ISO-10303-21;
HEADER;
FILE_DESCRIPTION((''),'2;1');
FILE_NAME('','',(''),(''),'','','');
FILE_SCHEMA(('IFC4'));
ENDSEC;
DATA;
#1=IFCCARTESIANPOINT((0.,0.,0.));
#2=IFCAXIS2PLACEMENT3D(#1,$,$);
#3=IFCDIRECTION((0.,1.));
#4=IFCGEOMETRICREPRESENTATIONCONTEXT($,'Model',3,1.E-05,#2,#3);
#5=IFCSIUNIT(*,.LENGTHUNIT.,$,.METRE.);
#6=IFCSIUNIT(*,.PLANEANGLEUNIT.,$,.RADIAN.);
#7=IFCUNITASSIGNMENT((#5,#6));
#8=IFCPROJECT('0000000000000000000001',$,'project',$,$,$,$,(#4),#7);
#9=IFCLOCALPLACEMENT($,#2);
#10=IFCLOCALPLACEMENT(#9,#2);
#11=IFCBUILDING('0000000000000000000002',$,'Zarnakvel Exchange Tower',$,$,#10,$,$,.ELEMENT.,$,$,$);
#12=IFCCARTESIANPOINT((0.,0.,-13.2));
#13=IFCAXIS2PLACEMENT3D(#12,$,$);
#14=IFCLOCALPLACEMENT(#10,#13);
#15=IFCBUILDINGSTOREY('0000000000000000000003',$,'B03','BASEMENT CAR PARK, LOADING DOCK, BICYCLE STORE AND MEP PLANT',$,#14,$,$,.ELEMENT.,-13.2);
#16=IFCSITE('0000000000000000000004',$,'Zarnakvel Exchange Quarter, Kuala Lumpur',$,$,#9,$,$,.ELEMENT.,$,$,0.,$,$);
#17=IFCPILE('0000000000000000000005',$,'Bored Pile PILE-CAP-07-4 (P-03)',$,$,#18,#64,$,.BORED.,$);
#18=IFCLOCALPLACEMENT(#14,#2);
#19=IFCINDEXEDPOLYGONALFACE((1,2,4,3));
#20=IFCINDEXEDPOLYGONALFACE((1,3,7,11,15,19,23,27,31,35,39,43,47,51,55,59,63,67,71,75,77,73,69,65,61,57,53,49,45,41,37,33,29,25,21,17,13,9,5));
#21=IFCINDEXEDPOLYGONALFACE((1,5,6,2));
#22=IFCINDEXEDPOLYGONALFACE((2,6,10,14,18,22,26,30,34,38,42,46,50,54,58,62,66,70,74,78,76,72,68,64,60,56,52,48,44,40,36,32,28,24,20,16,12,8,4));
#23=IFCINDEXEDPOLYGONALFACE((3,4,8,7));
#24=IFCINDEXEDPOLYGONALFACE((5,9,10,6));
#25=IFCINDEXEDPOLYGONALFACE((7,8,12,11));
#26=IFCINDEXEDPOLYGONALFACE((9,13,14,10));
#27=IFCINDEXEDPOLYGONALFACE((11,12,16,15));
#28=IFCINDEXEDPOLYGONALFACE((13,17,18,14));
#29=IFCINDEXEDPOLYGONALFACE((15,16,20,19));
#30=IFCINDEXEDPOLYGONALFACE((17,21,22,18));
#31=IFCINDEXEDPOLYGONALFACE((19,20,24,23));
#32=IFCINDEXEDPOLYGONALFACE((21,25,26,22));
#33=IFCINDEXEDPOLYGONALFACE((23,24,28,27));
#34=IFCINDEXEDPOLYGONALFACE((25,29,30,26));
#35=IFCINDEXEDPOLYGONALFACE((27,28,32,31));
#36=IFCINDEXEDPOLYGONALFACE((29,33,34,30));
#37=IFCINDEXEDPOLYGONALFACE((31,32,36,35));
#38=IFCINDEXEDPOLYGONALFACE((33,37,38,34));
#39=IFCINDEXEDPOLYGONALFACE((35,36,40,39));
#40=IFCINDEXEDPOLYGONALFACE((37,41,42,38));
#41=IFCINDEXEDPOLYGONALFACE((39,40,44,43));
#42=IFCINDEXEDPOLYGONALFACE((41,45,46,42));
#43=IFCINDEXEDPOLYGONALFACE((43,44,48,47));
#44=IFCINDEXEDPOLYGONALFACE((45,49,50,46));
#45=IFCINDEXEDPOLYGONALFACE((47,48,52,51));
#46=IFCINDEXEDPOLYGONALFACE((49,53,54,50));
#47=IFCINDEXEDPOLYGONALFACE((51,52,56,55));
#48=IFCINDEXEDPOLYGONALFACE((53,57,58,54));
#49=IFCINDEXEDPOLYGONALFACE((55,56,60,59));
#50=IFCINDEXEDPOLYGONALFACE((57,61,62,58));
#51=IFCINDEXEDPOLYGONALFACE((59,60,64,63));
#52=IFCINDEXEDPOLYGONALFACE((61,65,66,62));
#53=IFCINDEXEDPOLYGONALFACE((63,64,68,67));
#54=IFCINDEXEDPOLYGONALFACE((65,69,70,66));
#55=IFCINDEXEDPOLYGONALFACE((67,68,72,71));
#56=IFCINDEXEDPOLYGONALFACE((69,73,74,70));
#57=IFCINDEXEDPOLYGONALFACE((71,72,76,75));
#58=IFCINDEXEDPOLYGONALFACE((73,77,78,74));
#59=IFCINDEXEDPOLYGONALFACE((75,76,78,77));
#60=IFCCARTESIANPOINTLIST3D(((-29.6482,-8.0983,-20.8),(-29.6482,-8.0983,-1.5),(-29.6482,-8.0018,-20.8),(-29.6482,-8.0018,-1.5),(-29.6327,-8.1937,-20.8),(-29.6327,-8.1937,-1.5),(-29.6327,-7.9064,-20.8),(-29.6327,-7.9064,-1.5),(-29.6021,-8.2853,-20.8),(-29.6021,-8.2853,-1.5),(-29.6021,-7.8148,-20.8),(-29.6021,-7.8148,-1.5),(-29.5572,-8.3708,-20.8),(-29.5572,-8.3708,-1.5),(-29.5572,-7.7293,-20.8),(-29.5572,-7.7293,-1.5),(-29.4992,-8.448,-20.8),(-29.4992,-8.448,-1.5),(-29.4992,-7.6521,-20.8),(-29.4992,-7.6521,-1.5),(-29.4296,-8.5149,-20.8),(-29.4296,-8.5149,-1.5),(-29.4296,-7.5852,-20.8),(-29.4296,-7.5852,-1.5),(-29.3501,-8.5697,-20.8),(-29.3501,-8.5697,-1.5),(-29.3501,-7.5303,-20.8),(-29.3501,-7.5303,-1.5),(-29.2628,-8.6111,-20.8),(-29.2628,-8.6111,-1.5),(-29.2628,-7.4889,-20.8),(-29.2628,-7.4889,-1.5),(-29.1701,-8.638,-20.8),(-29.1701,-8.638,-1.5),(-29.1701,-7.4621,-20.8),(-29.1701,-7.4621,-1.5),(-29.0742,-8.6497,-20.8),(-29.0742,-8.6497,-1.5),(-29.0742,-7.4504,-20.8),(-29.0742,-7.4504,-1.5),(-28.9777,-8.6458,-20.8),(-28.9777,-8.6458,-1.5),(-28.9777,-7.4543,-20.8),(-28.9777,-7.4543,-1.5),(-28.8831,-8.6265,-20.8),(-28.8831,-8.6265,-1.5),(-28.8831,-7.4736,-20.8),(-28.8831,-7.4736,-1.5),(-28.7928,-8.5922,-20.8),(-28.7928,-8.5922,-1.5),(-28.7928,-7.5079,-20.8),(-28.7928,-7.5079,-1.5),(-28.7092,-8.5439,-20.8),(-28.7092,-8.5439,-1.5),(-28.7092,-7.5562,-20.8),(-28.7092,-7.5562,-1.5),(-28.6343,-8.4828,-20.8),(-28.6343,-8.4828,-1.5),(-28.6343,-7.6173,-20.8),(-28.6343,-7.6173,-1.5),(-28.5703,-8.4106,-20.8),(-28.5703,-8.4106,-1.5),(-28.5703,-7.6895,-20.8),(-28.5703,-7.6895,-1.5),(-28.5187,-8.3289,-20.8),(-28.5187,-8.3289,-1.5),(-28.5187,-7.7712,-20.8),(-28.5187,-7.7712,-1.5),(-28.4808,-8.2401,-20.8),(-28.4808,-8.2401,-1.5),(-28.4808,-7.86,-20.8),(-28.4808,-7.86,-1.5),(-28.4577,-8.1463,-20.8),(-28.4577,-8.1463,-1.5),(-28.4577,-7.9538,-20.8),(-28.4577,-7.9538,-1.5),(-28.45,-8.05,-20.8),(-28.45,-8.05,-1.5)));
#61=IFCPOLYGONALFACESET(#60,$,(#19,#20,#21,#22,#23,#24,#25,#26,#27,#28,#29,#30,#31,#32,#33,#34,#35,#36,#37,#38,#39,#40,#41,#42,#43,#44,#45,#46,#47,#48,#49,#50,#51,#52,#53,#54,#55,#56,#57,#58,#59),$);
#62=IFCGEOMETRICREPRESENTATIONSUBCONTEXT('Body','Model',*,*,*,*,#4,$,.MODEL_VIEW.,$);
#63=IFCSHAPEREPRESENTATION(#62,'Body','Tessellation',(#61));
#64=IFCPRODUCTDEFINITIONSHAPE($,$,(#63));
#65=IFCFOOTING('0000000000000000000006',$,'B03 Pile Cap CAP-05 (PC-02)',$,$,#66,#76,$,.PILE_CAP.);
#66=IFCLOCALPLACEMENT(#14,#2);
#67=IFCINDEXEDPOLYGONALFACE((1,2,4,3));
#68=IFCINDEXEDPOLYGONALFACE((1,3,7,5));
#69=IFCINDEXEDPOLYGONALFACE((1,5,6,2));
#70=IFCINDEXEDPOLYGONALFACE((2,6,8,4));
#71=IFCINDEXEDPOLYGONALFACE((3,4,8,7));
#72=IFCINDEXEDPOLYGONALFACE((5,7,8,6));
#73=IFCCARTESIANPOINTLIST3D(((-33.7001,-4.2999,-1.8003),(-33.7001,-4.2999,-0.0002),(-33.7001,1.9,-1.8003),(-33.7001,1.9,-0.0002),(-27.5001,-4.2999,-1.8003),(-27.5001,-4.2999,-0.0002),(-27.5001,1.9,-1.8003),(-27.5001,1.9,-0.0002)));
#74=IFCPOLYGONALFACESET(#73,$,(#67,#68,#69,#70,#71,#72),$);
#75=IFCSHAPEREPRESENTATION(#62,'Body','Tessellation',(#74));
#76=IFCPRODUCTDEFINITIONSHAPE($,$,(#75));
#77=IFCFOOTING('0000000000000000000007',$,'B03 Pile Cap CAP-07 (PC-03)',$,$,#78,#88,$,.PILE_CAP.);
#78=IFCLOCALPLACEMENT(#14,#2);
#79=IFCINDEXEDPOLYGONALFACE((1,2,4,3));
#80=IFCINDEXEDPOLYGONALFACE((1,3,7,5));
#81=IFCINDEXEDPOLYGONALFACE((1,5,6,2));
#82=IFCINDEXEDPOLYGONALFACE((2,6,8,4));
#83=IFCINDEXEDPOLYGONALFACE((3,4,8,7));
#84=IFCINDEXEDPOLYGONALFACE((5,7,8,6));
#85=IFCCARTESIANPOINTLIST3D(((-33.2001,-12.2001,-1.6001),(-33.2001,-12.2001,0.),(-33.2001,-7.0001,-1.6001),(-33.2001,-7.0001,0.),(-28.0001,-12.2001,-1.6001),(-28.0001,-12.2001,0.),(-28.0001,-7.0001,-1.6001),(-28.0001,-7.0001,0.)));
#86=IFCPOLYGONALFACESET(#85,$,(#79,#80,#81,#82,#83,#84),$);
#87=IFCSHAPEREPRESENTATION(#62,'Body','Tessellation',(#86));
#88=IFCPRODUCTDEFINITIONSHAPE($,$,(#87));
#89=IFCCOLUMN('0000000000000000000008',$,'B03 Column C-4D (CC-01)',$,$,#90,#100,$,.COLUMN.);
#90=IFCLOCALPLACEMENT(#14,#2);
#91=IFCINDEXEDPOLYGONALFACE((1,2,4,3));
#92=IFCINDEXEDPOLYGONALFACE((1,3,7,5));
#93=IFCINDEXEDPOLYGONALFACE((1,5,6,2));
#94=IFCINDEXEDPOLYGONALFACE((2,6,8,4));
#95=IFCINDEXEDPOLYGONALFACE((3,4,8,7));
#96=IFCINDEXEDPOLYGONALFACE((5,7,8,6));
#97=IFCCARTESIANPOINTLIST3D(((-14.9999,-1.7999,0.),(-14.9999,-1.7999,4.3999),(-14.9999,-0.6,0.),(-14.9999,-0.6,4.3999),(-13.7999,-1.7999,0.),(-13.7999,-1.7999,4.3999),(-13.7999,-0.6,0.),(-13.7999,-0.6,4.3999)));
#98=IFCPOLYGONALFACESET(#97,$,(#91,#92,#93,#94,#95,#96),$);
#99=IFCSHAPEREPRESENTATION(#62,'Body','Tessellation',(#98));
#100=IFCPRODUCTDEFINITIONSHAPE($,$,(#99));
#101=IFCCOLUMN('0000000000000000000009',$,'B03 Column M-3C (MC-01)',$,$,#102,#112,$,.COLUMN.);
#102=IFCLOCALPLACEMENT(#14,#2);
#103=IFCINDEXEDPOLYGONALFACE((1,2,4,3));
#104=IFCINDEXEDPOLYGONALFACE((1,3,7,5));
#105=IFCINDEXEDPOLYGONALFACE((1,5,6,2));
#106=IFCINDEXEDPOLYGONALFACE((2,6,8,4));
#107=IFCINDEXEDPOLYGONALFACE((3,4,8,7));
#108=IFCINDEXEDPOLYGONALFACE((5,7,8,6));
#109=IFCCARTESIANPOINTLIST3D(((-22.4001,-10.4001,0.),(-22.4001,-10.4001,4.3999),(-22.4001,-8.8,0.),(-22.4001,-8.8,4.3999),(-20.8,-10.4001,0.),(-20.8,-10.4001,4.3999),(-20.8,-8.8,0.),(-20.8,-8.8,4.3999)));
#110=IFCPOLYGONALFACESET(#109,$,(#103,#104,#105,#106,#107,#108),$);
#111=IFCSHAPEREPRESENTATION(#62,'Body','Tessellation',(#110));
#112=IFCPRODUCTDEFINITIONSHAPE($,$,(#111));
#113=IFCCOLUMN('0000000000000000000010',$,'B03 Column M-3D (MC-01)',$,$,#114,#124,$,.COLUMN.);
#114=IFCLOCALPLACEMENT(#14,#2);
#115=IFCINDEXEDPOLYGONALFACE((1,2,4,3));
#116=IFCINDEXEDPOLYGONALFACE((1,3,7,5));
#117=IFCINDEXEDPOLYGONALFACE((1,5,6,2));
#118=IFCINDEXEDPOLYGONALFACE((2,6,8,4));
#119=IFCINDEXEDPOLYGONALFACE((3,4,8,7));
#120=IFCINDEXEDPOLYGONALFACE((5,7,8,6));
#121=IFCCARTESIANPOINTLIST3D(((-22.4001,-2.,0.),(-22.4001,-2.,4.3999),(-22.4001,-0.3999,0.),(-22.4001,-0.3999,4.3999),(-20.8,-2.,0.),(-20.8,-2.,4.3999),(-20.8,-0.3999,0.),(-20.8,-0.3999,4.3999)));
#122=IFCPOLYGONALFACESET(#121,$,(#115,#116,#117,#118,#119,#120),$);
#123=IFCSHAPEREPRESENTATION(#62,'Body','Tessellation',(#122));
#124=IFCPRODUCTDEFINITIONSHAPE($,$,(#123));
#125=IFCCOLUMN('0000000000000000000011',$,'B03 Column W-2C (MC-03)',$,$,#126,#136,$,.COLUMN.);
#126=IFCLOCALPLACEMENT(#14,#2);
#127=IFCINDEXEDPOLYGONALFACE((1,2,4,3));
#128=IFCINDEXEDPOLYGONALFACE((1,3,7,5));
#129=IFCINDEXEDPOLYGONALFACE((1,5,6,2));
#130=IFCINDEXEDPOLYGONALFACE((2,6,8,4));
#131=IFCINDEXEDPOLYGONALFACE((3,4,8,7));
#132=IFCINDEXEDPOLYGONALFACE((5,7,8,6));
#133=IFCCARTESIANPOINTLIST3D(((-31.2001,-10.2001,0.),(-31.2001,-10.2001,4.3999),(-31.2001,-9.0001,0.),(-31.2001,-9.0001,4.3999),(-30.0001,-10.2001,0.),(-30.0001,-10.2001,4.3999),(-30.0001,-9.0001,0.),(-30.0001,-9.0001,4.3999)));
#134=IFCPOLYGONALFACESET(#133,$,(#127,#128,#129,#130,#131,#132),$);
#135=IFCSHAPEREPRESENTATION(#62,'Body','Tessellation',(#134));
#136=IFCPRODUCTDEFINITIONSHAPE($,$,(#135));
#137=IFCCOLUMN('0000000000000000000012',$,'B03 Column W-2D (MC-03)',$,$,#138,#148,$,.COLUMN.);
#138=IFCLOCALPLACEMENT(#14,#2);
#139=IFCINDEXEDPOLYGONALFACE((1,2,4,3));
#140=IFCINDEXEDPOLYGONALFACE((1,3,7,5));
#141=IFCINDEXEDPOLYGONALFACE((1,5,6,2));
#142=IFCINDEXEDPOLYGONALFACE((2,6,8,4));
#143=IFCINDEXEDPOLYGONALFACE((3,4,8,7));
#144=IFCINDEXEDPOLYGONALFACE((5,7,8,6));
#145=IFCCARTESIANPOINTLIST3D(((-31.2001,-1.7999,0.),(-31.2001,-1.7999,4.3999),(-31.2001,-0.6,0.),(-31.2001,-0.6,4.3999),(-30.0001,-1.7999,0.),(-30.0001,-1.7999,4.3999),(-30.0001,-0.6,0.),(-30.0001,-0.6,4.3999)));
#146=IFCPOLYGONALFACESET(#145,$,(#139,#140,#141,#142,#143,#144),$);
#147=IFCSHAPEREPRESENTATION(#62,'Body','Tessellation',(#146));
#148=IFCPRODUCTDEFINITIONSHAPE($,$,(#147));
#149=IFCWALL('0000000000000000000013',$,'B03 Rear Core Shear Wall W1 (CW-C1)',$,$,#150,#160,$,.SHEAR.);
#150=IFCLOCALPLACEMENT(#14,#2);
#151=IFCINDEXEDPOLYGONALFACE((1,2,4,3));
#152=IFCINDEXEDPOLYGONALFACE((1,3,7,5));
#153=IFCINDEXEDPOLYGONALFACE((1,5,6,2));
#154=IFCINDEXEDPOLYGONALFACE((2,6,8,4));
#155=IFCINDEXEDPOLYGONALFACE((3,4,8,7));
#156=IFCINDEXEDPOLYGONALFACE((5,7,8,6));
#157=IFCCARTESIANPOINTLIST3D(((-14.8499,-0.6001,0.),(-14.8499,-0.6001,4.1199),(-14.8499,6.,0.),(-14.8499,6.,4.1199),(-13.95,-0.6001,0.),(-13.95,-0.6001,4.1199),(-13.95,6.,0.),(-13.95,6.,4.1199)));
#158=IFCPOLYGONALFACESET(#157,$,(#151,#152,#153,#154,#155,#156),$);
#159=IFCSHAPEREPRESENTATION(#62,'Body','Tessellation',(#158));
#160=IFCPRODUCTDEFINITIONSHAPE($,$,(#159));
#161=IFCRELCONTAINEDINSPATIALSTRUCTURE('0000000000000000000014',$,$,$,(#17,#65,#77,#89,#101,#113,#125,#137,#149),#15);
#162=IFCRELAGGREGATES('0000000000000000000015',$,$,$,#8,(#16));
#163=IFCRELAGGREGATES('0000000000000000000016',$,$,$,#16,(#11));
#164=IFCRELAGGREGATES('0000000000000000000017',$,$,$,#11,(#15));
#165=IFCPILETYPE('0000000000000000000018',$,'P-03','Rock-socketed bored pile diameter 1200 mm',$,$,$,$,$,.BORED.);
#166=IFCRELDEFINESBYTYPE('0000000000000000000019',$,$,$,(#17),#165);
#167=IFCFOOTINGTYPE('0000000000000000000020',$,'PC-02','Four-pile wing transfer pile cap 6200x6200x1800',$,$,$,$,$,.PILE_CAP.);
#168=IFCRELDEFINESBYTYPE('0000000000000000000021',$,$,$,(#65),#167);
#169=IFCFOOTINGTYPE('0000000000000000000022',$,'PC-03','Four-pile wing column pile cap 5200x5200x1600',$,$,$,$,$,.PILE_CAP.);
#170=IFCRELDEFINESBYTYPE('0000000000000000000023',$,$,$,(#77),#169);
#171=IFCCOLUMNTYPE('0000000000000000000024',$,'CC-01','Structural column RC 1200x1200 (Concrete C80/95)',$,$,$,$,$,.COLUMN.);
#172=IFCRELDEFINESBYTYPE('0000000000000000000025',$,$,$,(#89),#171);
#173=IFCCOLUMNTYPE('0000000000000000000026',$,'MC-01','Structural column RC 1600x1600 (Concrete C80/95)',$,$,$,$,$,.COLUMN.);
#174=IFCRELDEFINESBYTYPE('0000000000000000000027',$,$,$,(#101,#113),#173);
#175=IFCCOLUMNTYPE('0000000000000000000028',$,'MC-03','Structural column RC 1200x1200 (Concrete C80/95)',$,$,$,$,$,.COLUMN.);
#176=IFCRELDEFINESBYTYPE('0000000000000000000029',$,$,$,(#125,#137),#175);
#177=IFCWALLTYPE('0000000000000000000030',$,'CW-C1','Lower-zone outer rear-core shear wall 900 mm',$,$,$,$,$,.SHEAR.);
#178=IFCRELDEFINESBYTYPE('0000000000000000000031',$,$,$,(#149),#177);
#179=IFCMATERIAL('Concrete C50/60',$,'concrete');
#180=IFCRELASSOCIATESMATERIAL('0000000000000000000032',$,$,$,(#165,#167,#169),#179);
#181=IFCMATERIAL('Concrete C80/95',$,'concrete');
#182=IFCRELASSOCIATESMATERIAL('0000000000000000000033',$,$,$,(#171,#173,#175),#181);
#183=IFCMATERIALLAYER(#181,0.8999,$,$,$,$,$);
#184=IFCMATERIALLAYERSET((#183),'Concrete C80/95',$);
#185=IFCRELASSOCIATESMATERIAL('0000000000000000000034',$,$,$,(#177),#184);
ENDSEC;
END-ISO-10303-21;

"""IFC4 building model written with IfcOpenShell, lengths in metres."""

from ifc_helpers import new_model, si_unit, direction, frame, frame_2d, origin, origin_2d, place, context, subcontext, project, spatial, rectangle, circle, extrude, source, transform, mapped, material, layer, layer_set, material_profile, profile_set, type_object, element, save


model = new_model("IFC4")

# Units and contexts
model_context = context("Model", 3, precision=1e-05, world=origin(), true_north=direction((0.0, 1.0)))
body_context = subcontext(model_context, "Body", "Model", "MODEL_VIEW")
ifc_project = project(units=[si_unit("LENGTHUNIT", "METRE"), si_unit("PLANEANGLEUNIT", "RADIAN")], contexts=[model_context])

# Site, building, storey
site_placement = place(None, origin())
site = spatial("IfcSite", under=ifc_project, at=site_placement, Name="Zarnakvel Exchange Quarter, Kuala Lumpur", CompositionType="ELEMENT", RefElevation=0.0)
building_placement = place(site_placement, origin())
building = spatial("IfcBuilding", under=site, at=building_placement, Name="Zarnakvel Exchange Tower", CompositionType="ELEMENT")
storey_placement = place(building_placement, frame((0.0, 0.0, -13.2)))
storey = spatial("IfcBuildingStorey", under=building, at=storey_placement, Name="B03", Description="BASEMENT CAR PARK, LOADING DOCK, BICYCLE STORE AND MEP PLANT", CompositionType="ELEMENT", Elevation=-13.2)

# Shared definitions
ifc_material_1 = material(Name="Concrete C50/60", Category="concrete")

# Pile
ifc_material_profile_1 = material_profile(ifc_material_1, circle(Radius=0.6001, at=origin_2d()))
ifc_profile_set_1 = profile_set([ifc_material_profile_1], Name="Concrete C50/60")
pile_type_1 = type_object("IfcPileType", Name="P-03", Description="Rock-socketed bored pile diameter 1200 mm", PredefinedType="BORED", material=ifc_profile_set_1)
for number, where, z_axis, x_axis, name in (
    (1, (-29.05, -8.05, -1.5), (0.0, 0.0, -1.0), (1.0, 0.0, 0.0), "Bored Pile PILE-CAP-07-4 (P-03)"),
):
    element("IfcPile", number, at=place(storey_placement, frame(where, z_axis=z_axis, x_axis=x_axis)), inside=storey, type_object=pile_type_1, Name=name, PredefinedType="BORED", context=body_context, shape_type="SweptSolid", body=[
        extrude(circle(Radius=0.6001, at=origin_2d()), origin(), (0.0, 0.0, 1.0), 19.3),
    ])

# Footings
footing_type_1 = type_object("IfcFootingType", Name="PC-02", Description="Four-pile wing transfer pile cap 6200x6200x1800", PredefinedType="PILE_CAP", material=ifc_material_1)
shared_shape_1 = source(origin(), body_context, "Body", "SweptSolid", [
    extrude(rectangle(XDim=6.2, YDim=6.2, at=origin_2d()), origin(), (0.0, 0.0, 1.0), 1.8),
])
footing_1_placement = place(storey_placement, frame((-30.6001, -1.2, -1.8003), z_axis=(0.0, 0.0, 1.0), x_axis=(1.0, 0.0, 0.0)))
element("IfcFooting", 2, at=footing_1_placement, inside=storey, type_object=footing_type_1, Name="B03 Pile Cap CAP-05 (PC-02)", PredefinedType="PILE_CAP", context=body_context, shape_type="MappedRepresentation", body=[
    mapped(shared_shape_1, transform((0.0, 0.0, 0.0), x_axis=(1.0, 0.0, 0.0), y_axis=(0.0, 1.0, 0.0), z_axis=(0.0, 0.0, 1.0), scale=1.0)),
])
footing_type_2 = type_object("IfcFootingType", Name="PC-03", Description="Four-pile wing column pile cap 5200x5200x1600", PredefinedType="PILE_CAP", material=ifc_material_1)
shared_shape_2 = source(origin(), body_context, "Body", "SweptSolid", [
    extrude(rectangle(XDim=5.2, YDim=5.2, at=origin_2d()), origin(), (0.0, 0.0, 1.0), 1.6001),
])
footing_2_placement = place(storey_placement, frame((-30.6001, -9.6001, -1.6001), z_axis=(0.0, 0.0, 1.0), x_axis=(1.0, 0.0, 0.0)))
element("IfcFooting", 3, at=footing_2_placement, inside=storey, type_object=footing_type_2, Name="B03 Pile Cap CAP-07 (PC-03)", PredefinedType="PILE_CAP", context=body_context, shape_type="MappedRepresentation", body=[
    mapped(shared_shape_2, transform((0.0, 0.0, 0.0), x_axis=(1.0, 0.0, 0.0), y_axis=(0.0, 1.0, 0.0), z_axis=(0.0, 0.0, 1.0), scale=1.0)),
])

# Columns
ifc_material_2 = material(Name="Concrete C80/95", Category="concrete")
ifc_material_profile_2 = material_profile(ifc_material_2, rectangle(XDim=1.2, YDim=1.2, at=origin_2d()))
ifc_profile_set_2 = profile_set([ifc_material_profile_2], Name="Concrete C80/95")
column_type_1 = type_object("IfcColumnType", Name="CC-01", Description="Structural column RC 1200x1200 (Concrete C80/95)", PredefinedType="COLUMN", material=ifc_profile_set_2)
column_placement = place(storey_placement, frame((-14.3999, -1.2, 0.0), z_axis=(0.0, 0.0, 1.0), x_axis=(1.0, 0.0, 0.0)))
element("IfcColumn", 4, at=column_placement, inside=storey, type_object=column_type_1, Name="B03 Column C-4D (CC-01)", PredefinedType="COLUMN", context=body_context, shape_type="SweptSolid", body=[
    extrude(rectangle(XDim=1.2, YDim=1.2, at=origin_2d()), origin(), (0.0, 0.0, 1.0), 4.3999),
])
ifc_material_profile_3 = material_profile(ifc_material_2, rectangle(XDim=1.6001, YDim=1.6001, at=origin_2d()))
ifc_profile_set_3 = profile_set([ifc_material_profile_3], Name="Concrete C80/95")
column_type_2 = type_object("IfcColumnType", Name="MC-01", Description="Structural column RC 1600x1600 (Concrete C80/95)", PredefinedType="COLUMN", material=ifc_profile_set_3)
for number, where, z_axis, x_axis, name in (
    (5, (-21.6001, -9.6001, 0.0), (0.0, 0.0, 1.0), (1.0, 0.0, 0.0), "B03 Column M-3C (MC-01)"),
    (6, (-21.6001, -1.2, 0.0), (0.0, 0.0, 1.0), (1.0, 0.0, 0.0), "B03 Column M-3D (MC-01)"),
):
    element("IfcColumn", number, at=place(storey_placement, frame(where, z_axis=z_axis, x_axis=x_axis)), inside=storey, type_object=column_type_2, Name=name, PredefinedType="COLUMN", context=body_context, shape_type="SweptSolid", body=[
        extrude(rectangle(XDim=1.6001, YDim=1.6001, at=origin_2d()), origin(), (0.0, 0.0, 1.0), 4.3999),
    ])
ifc_material_profile_4 = material_profile(ifc_material_2, rectangle(XDim=1.2, YDim=1.2, at=origin_2d()))
ifc_profile_set_4 = profile_set([ifc_material_profile_4], Name="Concrete C80/95")
column_type_3 = type_object("IfcColumnType", Name="MC-03", Description="Structural column RC 1200x1200 (Concrete C80/95)", PredefinedType="COLUMN", material=ifc_profile_set_4)
for number, where, z_axis, x_axis, name in (
    (7, (-30.6001, -9.6001, 0.0), (0.0, 0.0, 1.0), (1.0, 0.0, 0.0), "B03 Column W-2C (MC-03)"),
    (8, (-30.6001, -1.2, 0.0), (0.0, 0.0, 1.0), (1.0, 0.0, 0.0), "B03 Column W-2D (MC-03)"),
):
    element("IfcColumn", number, at=place(storey_placement, frame(where, z_axis=z_axis, x_axis=x_axis)), inside=storey, type_object=column_type_3, Name=name, PredefinedType="COLUMN", context=body_context, shape_type="SweptSolid", body=[
        extrude(rectangle(XDim=1.2, YDim=1.2, at=origin_2d()), origin(), (0.0, 0.0, 1.0), 4.3999),
    ])

# Wall
ifc_layer_1 = layer(ifc_material_2, 0.8999)
ifc_layer_set_1 = layer_set([ifc_layer_1], Name="Concrete C80/95")
wall_type_1 = type_object("IfcWallType", Name="CW-C1", Description="Lower-zone outer rear-core shear wall 900 mm", PredefinedType="SHEAR", material=ifc_layer_set_1)
wall_1_placement = place(storey_placement, frame((-14.3999, -0.6001, 0.0), z_axis=(0.0, 0.0, 1.0), x_axis=(0.0, 1.0, 0.0)))
element("IfcWall", 9, at=wall_1_placement, inside=storey, type_object=wall_type_1, Name="B03 Rear Core Shear Wall W1 (CW-C1)", PredefinedType="SHEAR", context=body_context, shape_type="SweptSolid", body=[
    extrude(rectangle(XDim=6.6001, YDim=0.8999, at=frame_2d((3.3, 0.0))), origin(), (0.0, 0.0, 1.0), 4.1199),
])

save(model, "model.ifc")
